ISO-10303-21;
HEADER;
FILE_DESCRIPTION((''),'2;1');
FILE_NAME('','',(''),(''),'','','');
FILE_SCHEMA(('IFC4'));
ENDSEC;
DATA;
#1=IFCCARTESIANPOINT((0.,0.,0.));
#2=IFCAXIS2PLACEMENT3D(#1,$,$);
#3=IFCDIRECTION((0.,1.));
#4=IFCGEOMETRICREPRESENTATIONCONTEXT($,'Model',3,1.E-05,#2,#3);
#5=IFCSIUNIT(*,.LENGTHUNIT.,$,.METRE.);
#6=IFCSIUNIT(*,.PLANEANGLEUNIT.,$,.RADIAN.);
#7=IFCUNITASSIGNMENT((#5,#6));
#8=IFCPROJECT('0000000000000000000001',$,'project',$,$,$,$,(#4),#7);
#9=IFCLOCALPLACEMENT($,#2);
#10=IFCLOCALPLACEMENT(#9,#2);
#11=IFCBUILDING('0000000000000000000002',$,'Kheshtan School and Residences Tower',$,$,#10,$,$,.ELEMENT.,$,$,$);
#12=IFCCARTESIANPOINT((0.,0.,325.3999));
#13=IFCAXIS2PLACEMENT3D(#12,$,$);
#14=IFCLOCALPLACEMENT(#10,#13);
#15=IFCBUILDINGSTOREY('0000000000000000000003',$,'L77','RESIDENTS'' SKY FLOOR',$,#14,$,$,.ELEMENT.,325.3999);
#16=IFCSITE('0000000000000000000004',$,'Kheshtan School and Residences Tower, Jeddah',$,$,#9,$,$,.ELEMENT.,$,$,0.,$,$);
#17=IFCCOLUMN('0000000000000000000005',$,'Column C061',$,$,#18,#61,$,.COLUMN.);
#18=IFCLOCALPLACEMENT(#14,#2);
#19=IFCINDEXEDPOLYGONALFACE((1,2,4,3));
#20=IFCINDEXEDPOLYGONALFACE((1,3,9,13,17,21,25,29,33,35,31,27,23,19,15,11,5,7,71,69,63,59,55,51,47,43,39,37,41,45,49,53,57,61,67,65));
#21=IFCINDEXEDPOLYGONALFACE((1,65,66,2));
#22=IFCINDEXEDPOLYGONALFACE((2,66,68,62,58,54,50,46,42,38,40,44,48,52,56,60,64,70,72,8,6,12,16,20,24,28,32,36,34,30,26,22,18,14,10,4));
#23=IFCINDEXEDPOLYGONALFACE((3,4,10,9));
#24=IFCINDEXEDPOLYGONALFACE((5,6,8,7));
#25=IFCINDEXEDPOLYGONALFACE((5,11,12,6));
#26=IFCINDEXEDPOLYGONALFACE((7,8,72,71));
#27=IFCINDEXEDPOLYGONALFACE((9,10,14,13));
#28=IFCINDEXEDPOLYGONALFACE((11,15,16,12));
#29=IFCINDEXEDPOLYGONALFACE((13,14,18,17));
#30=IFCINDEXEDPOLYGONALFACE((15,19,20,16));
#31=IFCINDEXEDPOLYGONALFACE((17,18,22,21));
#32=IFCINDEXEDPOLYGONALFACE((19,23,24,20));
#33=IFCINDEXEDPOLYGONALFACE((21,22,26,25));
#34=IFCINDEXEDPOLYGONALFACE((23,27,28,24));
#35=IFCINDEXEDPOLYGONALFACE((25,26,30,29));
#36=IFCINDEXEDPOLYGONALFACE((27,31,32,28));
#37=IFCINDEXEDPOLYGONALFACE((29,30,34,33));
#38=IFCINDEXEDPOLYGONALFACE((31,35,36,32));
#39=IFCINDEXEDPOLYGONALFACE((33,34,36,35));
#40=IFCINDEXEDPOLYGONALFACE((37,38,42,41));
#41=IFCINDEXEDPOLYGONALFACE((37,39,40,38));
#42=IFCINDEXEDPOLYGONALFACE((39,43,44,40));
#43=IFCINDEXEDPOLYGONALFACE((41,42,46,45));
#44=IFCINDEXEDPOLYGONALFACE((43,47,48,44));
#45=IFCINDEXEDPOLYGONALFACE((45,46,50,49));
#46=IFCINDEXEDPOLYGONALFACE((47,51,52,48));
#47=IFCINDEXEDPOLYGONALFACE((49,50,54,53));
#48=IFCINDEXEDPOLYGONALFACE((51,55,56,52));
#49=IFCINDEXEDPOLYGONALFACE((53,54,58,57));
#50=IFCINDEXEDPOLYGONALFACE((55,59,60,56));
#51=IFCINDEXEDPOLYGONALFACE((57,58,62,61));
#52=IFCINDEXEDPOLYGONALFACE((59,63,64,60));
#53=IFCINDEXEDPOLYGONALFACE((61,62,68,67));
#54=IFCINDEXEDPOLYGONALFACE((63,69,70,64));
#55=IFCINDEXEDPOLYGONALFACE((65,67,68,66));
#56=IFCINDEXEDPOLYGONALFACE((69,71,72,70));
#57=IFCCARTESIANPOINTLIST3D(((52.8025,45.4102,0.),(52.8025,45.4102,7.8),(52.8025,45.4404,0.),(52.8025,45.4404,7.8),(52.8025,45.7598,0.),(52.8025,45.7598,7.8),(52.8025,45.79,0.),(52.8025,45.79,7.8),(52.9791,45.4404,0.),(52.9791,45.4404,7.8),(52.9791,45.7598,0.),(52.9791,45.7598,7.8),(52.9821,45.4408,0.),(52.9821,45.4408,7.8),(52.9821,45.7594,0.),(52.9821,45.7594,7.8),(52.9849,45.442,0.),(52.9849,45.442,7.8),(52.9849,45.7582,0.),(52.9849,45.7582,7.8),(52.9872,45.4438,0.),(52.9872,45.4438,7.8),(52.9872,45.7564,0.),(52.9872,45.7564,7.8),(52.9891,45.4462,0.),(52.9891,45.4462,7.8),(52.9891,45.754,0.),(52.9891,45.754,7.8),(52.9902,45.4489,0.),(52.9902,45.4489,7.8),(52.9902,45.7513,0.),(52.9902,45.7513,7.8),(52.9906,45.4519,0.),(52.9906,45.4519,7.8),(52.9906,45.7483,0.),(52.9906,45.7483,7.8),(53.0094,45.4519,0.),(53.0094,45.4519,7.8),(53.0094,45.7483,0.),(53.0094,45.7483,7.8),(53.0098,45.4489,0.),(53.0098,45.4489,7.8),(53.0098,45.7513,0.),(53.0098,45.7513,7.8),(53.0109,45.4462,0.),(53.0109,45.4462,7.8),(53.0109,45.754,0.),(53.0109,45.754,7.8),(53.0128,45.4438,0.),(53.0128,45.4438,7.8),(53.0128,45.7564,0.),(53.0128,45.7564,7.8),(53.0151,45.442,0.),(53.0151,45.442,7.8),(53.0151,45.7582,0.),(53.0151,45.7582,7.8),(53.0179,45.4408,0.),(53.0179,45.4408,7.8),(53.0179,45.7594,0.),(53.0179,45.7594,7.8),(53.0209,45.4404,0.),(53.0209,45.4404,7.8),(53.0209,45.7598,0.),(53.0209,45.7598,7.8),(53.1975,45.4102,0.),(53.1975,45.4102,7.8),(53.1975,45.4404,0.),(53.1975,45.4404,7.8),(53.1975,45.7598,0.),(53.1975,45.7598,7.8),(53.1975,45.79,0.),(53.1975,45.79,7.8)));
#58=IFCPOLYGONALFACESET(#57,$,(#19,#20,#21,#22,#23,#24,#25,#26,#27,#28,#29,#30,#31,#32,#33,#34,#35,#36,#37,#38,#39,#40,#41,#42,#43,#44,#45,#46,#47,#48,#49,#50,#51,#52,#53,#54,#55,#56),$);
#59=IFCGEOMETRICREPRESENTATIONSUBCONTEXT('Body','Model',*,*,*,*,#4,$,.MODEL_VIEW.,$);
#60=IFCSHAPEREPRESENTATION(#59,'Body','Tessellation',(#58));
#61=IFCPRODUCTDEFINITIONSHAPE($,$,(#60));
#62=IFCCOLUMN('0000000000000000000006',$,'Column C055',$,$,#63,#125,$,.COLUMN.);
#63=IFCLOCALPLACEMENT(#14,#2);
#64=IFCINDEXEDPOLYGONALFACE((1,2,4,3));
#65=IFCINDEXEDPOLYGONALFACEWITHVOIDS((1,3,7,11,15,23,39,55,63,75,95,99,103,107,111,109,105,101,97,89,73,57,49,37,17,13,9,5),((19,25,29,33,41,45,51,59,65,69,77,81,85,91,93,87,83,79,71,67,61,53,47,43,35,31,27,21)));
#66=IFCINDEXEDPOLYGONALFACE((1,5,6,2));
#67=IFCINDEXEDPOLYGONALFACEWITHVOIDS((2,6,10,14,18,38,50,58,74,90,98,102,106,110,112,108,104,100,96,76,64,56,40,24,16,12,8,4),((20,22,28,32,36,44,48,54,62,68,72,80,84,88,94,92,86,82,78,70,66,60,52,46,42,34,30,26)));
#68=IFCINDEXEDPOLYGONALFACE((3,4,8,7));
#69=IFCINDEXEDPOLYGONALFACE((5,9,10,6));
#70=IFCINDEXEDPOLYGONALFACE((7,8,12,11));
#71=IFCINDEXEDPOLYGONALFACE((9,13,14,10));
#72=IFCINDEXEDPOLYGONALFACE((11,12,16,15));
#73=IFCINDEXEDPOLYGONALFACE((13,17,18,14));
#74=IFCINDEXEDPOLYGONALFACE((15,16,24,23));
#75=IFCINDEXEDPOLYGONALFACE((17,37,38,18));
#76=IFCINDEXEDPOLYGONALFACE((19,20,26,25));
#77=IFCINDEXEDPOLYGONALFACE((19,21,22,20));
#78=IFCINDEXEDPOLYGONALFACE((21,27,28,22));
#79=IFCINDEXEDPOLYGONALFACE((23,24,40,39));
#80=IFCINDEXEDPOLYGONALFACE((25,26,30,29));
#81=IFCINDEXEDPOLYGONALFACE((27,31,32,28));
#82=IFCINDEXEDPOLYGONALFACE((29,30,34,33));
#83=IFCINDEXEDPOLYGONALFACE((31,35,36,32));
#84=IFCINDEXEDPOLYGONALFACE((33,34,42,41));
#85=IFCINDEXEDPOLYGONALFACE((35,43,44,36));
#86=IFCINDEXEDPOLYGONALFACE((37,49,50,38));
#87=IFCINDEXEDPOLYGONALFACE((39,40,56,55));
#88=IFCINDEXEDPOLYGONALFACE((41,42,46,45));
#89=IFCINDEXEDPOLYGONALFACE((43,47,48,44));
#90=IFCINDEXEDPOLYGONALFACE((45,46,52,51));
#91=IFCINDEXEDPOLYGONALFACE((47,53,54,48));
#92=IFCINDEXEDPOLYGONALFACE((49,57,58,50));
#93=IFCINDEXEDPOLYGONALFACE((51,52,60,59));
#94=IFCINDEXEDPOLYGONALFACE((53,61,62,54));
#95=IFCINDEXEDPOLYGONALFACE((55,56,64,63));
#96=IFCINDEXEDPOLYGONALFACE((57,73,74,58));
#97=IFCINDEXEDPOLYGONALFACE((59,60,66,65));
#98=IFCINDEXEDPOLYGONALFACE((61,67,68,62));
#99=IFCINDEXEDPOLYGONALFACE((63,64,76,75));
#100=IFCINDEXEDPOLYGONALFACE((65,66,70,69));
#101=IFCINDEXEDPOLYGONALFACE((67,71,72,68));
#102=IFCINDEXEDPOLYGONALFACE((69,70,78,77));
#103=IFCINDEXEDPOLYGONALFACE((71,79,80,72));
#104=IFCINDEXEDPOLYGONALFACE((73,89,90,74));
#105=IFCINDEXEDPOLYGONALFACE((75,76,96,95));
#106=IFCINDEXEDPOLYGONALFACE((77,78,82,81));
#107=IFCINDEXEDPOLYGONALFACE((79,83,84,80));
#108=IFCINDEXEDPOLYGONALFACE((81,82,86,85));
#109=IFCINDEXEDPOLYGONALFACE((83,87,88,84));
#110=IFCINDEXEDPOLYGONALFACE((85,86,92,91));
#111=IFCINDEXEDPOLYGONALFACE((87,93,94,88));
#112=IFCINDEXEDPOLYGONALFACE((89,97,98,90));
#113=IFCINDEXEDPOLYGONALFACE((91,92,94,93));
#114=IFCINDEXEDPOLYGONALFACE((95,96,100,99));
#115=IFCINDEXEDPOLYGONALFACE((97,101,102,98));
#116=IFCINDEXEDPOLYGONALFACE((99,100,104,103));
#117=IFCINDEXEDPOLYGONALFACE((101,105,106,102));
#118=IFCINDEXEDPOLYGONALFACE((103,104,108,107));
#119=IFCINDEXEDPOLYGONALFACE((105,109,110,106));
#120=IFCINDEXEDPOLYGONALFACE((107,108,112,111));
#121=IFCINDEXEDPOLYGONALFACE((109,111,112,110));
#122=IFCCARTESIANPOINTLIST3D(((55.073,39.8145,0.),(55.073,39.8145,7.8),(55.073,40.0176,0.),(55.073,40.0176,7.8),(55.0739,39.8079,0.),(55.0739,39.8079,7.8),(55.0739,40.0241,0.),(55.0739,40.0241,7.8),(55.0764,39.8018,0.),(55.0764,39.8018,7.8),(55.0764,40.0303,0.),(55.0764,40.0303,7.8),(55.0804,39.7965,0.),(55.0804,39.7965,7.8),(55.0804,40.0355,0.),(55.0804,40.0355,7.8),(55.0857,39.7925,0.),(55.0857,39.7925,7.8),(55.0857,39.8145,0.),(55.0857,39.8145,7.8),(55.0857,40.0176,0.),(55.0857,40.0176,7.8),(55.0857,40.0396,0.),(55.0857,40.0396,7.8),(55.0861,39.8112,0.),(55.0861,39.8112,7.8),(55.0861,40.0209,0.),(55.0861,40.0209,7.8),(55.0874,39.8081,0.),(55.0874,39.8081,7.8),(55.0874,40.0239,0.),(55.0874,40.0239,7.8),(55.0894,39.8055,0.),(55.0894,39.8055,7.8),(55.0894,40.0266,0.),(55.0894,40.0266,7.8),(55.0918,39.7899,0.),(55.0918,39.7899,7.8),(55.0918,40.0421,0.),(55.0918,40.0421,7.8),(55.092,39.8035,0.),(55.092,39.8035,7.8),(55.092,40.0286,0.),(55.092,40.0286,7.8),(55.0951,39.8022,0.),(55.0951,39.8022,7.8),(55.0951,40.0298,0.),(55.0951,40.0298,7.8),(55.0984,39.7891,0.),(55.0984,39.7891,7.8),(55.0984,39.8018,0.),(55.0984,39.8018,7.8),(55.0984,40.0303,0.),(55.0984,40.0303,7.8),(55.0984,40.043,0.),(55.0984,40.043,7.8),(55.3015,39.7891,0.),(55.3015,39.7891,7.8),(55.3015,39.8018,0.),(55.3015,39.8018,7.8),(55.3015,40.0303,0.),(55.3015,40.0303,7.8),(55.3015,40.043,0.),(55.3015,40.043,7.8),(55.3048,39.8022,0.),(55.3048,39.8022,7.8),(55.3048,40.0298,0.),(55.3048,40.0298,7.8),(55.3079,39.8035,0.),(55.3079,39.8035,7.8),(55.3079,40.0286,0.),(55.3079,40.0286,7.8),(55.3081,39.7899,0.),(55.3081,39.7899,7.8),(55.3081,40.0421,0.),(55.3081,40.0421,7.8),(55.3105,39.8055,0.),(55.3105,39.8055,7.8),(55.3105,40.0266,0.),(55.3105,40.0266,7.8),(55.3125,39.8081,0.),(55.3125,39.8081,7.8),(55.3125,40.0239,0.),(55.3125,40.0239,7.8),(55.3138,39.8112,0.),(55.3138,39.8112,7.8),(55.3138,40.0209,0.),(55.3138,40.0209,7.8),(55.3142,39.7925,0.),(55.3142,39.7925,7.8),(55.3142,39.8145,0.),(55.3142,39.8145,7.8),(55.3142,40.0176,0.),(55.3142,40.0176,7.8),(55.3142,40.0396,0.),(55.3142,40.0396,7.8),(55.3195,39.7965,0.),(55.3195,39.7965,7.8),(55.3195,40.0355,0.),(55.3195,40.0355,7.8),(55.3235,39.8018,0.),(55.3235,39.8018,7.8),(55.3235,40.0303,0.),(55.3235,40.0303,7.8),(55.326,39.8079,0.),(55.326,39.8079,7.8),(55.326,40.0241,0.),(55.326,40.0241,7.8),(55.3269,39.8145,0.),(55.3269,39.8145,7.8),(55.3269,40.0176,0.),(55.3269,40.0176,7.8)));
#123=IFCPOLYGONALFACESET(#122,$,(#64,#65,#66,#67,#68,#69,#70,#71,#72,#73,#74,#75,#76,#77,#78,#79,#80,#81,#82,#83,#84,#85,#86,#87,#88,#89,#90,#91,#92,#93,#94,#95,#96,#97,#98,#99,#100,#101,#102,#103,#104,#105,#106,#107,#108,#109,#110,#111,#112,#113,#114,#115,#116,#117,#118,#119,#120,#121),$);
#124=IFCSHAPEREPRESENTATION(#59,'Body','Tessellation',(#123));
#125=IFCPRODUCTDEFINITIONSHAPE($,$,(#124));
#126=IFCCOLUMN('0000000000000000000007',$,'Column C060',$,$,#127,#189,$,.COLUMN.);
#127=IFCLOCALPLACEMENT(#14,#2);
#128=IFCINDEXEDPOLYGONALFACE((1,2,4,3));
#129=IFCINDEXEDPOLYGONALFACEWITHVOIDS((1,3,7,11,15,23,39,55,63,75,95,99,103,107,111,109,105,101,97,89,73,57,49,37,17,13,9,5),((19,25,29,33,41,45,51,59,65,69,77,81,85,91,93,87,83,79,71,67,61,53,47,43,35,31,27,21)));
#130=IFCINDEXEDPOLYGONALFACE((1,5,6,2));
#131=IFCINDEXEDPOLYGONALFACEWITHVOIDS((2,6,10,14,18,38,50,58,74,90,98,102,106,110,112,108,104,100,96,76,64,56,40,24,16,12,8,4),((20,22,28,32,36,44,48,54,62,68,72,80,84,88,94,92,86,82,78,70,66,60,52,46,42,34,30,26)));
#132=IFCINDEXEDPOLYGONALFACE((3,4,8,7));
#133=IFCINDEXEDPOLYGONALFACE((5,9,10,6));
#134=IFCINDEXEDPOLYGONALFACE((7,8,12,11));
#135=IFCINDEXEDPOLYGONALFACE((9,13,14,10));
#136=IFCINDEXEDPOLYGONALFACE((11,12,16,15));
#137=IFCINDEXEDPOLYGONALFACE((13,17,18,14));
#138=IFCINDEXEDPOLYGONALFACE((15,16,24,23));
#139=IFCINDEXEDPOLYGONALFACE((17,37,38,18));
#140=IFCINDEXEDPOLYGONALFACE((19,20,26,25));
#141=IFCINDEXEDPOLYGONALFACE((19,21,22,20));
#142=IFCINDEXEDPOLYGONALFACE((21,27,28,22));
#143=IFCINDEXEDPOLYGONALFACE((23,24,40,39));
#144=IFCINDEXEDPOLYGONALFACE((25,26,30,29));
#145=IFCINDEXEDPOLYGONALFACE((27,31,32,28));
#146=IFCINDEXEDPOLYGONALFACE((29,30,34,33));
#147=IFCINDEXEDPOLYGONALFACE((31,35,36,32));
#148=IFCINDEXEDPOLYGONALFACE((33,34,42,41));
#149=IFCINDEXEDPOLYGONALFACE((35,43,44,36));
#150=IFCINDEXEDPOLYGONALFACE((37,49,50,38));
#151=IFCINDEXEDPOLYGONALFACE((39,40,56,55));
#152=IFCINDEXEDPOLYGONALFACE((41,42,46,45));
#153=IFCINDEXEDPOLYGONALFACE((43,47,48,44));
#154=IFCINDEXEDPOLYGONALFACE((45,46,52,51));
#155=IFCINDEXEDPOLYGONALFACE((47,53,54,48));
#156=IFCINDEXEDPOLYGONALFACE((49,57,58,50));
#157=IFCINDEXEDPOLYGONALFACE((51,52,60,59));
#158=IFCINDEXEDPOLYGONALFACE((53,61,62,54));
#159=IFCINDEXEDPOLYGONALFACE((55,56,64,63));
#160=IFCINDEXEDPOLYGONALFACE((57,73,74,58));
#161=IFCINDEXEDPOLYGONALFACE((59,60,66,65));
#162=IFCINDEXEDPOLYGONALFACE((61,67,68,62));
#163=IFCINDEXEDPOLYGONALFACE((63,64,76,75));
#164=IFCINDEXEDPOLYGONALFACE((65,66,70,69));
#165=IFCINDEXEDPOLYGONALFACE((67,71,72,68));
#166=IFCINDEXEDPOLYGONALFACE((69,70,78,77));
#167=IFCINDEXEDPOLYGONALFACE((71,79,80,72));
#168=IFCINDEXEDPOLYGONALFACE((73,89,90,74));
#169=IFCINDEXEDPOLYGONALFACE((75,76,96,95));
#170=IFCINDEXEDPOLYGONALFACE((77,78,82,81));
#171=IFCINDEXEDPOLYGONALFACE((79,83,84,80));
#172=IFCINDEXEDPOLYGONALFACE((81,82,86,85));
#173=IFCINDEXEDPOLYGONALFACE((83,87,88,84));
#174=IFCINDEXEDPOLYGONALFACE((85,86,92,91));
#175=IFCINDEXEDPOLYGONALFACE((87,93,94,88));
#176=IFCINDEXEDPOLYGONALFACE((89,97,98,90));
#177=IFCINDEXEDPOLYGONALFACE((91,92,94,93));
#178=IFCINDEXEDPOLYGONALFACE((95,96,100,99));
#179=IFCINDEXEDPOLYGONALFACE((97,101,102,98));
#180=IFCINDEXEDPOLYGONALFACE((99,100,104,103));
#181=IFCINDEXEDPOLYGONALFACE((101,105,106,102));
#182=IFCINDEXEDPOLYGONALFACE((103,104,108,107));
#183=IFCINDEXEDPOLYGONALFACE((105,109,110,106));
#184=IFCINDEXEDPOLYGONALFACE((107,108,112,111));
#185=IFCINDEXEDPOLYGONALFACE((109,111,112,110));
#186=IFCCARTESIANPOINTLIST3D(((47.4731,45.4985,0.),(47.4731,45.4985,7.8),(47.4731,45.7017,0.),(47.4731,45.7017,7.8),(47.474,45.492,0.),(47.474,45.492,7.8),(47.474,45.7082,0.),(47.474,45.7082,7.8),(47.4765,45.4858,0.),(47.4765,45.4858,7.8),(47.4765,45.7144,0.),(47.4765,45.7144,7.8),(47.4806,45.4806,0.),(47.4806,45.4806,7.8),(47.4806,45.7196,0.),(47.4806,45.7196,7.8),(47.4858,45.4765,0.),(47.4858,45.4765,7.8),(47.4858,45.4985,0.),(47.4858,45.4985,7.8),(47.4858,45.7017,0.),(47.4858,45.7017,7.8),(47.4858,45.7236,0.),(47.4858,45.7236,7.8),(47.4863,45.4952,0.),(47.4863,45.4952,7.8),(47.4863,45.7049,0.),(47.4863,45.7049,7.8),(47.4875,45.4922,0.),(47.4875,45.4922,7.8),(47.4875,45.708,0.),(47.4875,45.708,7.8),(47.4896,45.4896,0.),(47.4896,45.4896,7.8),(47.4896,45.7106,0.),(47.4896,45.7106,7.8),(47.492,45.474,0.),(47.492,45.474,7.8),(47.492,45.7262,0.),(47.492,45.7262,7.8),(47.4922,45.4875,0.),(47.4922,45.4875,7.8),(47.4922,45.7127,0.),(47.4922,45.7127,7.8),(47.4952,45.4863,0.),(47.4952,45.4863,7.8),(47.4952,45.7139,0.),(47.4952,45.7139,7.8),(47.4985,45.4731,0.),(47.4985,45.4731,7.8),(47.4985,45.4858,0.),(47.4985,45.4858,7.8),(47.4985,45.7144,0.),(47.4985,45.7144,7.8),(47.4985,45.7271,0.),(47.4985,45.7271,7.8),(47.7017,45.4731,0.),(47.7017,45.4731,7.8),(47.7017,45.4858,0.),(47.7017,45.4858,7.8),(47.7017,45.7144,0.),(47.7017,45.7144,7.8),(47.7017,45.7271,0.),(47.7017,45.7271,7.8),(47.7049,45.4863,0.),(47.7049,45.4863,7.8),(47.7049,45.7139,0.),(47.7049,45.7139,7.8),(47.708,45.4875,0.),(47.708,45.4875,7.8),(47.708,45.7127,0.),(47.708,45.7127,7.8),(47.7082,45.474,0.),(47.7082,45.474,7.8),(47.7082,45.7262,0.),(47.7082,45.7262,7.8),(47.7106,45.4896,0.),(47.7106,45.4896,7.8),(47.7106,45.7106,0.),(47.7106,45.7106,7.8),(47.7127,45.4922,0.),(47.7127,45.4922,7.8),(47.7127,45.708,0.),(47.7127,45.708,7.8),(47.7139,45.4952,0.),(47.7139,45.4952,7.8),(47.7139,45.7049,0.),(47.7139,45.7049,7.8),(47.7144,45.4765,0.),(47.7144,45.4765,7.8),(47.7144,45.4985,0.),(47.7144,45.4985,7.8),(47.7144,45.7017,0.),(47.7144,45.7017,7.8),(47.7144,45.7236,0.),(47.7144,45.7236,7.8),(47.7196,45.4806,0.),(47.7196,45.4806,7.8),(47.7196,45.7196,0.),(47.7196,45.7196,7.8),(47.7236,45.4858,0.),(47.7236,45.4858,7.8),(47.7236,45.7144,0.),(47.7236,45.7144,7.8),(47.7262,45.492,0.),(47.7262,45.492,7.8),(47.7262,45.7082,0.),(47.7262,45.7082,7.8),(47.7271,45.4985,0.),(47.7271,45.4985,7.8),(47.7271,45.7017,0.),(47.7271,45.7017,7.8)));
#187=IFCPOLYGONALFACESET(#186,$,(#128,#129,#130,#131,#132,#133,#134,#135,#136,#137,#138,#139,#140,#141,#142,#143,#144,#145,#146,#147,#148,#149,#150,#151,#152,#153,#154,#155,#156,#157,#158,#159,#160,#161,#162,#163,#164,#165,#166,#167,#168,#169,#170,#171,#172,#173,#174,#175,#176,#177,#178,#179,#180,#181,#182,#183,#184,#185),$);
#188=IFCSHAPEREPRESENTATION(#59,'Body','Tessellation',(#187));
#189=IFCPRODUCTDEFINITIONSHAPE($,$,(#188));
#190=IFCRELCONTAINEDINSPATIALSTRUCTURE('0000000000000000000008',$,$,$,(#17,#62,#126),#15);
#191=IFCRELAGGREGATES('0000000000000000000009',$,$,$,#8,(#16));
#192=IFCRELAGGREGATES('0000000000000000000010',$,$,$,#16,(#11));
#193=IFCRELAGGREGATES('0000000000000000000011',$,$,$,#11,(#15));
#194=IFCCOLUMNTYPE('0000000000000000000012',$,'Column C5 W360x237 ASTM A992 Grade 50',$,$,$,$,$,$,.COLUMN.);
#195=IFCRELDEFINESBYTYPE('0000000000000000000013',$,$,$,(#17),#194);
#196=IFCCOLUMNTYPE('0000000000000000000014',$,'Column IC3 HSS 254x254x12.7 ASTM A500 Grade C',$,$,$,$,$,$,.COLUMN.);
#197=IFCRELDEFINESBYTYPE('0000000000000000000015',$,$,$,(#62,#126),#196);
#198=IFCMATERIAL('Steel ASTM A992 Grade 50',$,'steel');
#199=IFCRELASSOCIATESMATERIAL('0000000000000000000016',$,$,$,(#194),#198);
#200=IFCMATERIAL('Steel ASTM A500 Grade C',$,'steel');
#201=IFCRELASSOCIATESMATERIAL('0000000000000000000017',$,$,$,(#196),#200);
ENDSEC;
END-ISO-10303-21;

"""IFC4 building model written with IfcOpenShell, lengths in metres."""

from ifc_helpers import new_model, si_unit, direction, frame, origin, origin_2d, place, context, subcontext, project, spatial, hollow_rectangle, i_section, extrude, material, material_profile, profile_set, type_object, element, save


model = new_model("IFC4")

# Units and contexts
model_context = context("Model", 3, precision=1e-05, world=origin(), true_north=direction((0.0, 1.0)))
body_context = subcontext(model_context, "Body", "Model", "MODEL_VIEW")
ifc_project = project(units=[si_unit("LENGTHUNIT", "METRE"), si_unit("PLANEANGLEUNIT", "RADIAN")], contexts=[model_context])

# Site, building, storey
site_placement = place(None, origin())
site = spatial("IfcSite", under=ifc_project, at=site_placement, Name="Kheshtan School and Residences Tower, Jeddah", CompositionType="ELEMENT", RefElevation=0.0)
building_placement = place(site_placement, origin())
building = spatial("IfcBuilding", under=site, at=building_placement, Name="Kheshtan School and Residences Tower", CompositionType="ELEMENT")
storey_placement = place(building_placement, frame((0.0, 0.0, 325.3999)))
storey = spatial("IfcBuildingStorey", under=building, at=storey_placement, Name="L77", Description="RESIDENTS' SKY FLOOR", CompositionType="ELEMENT", Elevation=325.3999)

# Columns
ifc_material_1 = material(Name="Steel ASTM A992 Grade 50", Category="steel")
ifc_material_profile_1 = material_profile(ifc_material_1, i_section(OverallWidth=0.395, OverallDepth=0.3799, WebThickness=0.0188, FlangeThickness=0.0303, FilletRadius=0.0115, at=origin_2d()), Name="W360x237")
ifc_profile_set_1 = profile_set([ifc_material_profile_1], Name="Steel ASTM A992 Grade 50")
column_type_1 = type_object("IfcColumnType", Name="Column C5 W360x237 ASTM A992 Grade 50", PredefinedType="COLUMN", material=ifc_profile_set_1)
column_placement = place(storey_placement, frame((53.0, 45.6001, 0.0), z_axis=(0.0, 0.0, 1.0), x_axis=(1.0, 0.0, 0.0)))
element("IfcColumn", 1, at=column_placement, inside=storey, type_object=column_type_1, Name="Column C061", PredefinedType="COLUMN", context=body_context, shape_type="SweptSolid", body=[
    extrude(i_section(OverallWidth=0.395, OverallDepth=0.3799, WebThickness=0.0188, FlangeThickness=0.0303, FilletRadius=0.0115, at=origin_2d()), origin(), (0.0, 0.0, 1.0), 7.8),
])
ifc_material_2 = material(Name="Steel ASTM A500 Grade C", Category="steel")
ifc_material_profile_2 = material_profile(ifc_material_2, hollow_rectangle(XDim=0.2539, YDim=0.2539, WallThickness=0.0127, InnerFilletRadius=0.0127, OuterFilletRadius=0.0254, at=origin_2d()), Name="HSS 254x254x12.7")
ifc_profile_set_2 = profile_set([ifc_material_profile_2], Name="Steel ASTM A500 Grade C")
column_type_2 = type_object("IfcColumnType", Name="Column IC3 HSS 254x254x12.7 ASTM A500 Grade C", PredefinedType="COLUMN", material=ifc_profile_set_2)
for number, where, z_axis, x_axis, name in (
    (2, (55.2, 39.916, 0.0), (0.0, 0.0, 1.0), (1.0, 0.0, 0.0), "Column C055"),
    (3, (47.6001, 45.6001, 0.0), (0.0, 0.0, 1.0), (1.0, 0.0, 0.0), "Column C060"),
):
    element("IfcColumn", number, at=place(storey_placement, frame(where, z_axis=z_axis, x_axis=x_axis)), inside=storey, type_object=column_type_2, Name=name, PredefinedType="COLUMN", context=body_context, shape_type="SweptSolid", body=[
        extrude(hollow_rectangle(XDim=0.2539, YDim=0.2539, WallThickness=0.0127, InnerFilletRadius=0.0127, OuterFilletRadius=0.0254, at=origin_2d()), origin(), (0.0, 0.0, 1.0), 7.8),
    ])

save(model, "model.ifc")
